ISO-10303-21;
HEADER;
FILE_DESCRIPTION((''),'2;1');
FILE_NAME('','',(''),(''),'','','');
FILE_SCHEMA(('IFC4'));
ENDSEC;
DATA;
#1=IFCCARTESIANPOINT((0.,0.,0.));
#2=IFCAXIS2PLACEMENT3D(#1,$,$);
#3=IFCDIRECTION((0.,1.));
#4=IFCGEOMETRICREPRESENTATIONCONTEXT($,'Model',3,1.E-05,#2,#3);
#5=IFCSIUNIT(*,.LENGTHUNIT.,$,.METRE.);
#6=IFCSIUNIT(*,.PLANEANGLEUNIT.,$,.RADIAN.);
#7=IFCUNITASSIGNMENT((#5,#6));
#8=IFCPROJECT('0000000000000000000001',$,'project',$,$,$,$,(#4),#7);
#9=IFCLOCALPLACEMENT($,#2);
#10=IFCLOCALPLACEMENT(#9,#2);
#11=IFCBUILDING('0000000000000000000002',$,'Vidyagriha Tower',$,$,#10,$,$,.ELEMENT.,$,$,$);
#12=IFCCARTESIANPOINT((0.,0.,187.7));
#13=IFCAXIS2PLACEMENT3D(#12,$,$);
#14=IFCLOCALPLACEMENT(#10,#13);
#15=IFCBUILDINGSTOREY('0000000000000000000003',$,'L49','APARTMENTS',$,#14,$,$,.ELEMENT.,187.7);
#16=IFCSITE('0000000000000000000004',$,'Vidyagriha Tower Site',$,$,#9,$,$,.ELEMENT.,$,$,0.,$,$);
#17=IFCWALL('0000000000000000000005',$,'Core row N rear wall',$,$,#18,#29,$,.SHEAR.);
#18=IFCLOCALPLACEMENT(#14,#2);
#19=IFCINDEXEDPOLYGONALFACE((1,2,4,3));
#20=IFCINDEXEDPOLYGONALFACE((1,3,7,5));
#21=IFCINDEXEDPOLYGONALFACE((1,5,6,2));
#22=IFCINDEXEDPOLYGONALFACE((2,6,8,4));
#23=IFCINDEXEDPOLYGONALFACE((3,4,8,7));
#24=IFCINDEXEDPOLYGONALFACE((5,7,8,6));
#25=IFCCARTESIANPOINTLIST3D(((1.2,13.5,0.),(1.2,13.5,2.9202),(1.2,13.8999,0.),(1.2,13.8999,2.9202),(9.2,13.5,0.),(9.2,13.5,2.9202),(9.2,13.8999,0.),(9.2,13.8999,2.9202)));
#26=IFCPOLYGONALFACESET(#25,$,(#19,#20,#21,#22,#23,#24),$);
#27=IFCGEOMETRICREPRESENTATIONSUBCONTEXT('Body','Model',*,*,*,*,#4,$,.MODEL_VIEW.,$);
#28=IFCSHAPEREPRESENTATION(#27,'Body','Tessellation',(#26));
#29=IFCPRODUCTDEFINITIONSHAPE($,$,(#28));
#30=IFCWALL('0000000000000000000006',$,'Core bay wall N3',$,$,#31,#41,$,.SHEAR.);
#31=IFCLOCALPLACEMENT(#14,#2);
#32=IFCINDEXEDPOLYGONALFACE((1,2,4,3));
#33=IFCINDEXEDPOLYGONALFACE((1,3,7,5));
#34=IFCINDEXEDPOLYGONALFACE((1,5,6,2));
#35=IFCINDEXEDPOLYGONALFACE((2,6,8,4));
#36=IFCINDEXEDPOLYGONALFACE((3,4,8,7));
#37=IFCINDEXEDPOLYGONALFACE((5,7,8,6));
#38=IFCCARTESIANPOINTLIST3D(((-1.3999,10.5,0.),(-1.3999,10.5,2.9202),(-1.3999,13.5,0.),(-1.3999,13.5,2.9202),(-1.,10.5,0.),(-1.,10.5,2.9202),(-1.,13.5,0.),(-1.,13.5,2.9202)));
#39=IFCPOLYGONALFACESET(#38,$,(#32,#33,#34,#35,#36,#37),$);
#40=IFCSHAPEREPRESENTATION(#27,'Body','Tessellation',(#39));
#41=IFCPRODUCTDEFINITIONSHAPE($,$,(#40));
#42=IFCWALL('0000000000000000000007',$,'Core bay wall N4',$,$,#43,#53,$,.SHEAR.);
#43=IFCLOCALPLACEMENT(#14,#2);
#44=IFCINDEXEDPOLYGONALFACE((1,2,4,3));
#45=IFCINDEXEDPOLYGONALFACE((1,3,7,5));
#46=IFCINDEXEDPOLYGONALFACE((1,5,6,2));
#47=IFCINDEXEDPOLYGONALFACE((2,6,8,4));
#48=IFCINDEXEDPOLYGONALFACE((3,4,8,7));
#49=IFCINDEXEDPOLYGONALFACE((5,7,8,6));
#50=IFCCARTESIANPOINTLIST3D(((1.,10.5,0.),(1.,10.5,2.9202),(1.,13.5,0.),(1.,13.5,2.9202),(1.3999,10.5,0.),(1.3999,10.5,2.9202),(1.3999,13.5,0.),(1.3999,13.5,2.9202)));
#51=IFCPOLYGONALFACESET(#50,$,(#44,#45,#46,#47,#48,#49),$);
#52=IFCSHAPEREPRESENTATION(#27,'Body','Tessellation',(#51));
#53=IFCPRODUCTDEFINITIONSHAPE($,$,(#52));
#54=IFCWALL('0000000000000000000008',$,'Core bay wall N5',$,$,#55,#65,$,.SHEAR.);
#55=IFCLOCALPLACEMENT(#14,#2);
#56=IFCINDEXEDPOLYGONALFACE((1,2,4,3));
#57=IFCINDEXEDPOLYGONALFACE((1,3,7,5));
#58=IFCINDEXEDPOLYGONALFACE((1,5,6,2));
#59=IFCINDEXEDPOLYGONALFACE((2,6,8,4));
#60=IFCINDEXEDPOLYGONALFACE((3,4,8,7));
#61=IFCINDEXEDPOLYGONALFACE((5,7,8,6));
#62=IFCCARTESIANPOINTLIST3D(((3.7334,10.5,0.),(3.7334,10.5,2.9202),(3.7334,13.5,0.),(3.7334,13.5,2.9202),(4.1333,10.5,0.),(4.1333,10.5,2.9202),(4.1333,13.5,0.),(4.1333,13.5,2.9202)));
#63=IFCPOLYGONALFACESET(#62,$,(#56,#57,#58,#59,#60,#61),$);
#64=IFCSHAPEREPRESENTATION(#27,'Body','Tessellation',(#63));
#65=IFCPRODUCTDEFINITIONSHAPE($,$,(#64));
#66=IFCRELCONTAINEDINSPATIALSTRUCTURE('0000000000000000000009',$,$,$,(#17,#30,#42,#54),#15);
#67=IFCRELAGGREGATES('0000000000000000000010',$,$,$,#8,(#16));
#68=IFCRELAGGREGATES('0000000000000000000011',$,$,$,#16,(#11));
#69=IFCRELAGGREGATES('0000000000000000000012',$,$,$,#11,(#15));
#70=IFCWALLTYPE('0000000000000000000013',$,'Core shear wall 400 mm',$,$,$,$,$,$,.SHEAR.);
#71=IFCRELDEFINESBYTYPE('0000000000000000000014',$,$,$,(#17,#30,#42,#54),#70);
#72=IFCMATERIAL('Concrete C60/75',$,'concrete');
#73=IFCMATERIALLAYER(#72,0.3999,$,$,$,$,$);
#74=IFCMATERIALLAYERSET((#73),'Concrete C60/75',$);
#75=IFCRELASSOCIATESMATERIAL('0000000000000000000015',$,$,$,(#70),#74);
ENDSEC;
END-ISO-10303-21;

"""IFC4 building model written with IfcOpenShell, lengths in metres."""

from ifc_helpers import new_model, si_unit, direction, frame, frame_2d, origin, place, context, subcontext, project, spatial, rectangle, extrude, material, layer, layer_set, type_object, element, save


model = new_model("IFC4")

# Units and contexts
model_context = context("Model", 3, precision=1e-05, world=origin(), true_north=direction((0.0, 1.0)))
body_context = subcontext(model_context, "Body", "Model", "MODEL_VIEW")
ifc_project = project(units=[si_unit("LENGTHUNIT", "METRE"), si_unit("PLANEANGLEUNIT", "RADIAN")], contexts=[model_context])

# Site, building, storey
site_placement = place(None, origin())
site = spatial("IfcSite", under=ifc_project, at=site_placement, Name="Vidyagriha Tower Site", CompositionType="ELEMENT", RefElevation=0.0)
building_placement = place(site_placement, origin())
building = spatial("IfcBuilding", under=site, at=building_placement, Name="Vidyagriha Tower", CompositionType="ELEMENT")
storey_placement = place(building_placement, frame((0.0, 0.0, 187.7)))
storey = spatial("IfcBuildingStorey", under=building, at=storey_placement, Name="L49", Description="APARTMENTS", CompositionType="ELEMENT", Elevation=187.7)

# Shared definitions
ifc_material_1 = material(Name="Concrete C60/75", Category="concrete")
ifc_layer_1 = layer(ifc_material_1, 0.3999)
ifc_layer_set_1 = layer_set([ifc_layer_1], Name="Concrete C60/75")
wall_type = type_object("IfcWallType", Name="Core shear wall 400 mm", PredefinedType="SHEAR", material=ifc_layer_set_1)

# Walls
wall_1_placement = place(storey_placement, frame((1.2, 13.7, 0.0)))
element("IfcWall", 1, at=wall_1_placement, inside=storey, type_object=wall_type, Name="Core row N rear wall", PredefinedType="SHEAR", context=body_context, shape_type="SweptSolid", body=[
    extrude(rectangle(XDim=8.0, YDim=0.3999, at=frame_2d((4.0, 0.0))), origin(), (0.0, 0.0, 1.0), 2.9202),
])
for number, where, z_axis, x_axis, name in (
    (2, (-1.2, 10.5, 0.0), (0.0, 0.0, 1.0), (0.0, 1.0, 0.0), "Core bay wall N3"),
    (3, (1.2, 10.5, 0.0), (0.0, 0.0, 1.0), (0.0, 1.0, 0.0), "Core bay wall N4"),
    (4, (3.9333, 10.5, 0.0), (0.0, 0.0, 1.0), (0.0, 1.0, 0.0), "Core bay wall N5"),
):
    element("IfcWall", number, at=place(storey_placement, frame(where, z_axis=z_axis, x_axis=x_axis)), inside=storey, type_object=wall_type, Name=name, PredefinedType="SHEAR", context=body_context, shape_type="SweptSolid", body=[
        extrude(rectangle(XDim=3.0, YDim=0.3999, at=frame_2d((1.5, 0.0))), origin(), (0.0, 0.0, 1.0), 2.9202),
    ])

save(model, "model.ifc")
